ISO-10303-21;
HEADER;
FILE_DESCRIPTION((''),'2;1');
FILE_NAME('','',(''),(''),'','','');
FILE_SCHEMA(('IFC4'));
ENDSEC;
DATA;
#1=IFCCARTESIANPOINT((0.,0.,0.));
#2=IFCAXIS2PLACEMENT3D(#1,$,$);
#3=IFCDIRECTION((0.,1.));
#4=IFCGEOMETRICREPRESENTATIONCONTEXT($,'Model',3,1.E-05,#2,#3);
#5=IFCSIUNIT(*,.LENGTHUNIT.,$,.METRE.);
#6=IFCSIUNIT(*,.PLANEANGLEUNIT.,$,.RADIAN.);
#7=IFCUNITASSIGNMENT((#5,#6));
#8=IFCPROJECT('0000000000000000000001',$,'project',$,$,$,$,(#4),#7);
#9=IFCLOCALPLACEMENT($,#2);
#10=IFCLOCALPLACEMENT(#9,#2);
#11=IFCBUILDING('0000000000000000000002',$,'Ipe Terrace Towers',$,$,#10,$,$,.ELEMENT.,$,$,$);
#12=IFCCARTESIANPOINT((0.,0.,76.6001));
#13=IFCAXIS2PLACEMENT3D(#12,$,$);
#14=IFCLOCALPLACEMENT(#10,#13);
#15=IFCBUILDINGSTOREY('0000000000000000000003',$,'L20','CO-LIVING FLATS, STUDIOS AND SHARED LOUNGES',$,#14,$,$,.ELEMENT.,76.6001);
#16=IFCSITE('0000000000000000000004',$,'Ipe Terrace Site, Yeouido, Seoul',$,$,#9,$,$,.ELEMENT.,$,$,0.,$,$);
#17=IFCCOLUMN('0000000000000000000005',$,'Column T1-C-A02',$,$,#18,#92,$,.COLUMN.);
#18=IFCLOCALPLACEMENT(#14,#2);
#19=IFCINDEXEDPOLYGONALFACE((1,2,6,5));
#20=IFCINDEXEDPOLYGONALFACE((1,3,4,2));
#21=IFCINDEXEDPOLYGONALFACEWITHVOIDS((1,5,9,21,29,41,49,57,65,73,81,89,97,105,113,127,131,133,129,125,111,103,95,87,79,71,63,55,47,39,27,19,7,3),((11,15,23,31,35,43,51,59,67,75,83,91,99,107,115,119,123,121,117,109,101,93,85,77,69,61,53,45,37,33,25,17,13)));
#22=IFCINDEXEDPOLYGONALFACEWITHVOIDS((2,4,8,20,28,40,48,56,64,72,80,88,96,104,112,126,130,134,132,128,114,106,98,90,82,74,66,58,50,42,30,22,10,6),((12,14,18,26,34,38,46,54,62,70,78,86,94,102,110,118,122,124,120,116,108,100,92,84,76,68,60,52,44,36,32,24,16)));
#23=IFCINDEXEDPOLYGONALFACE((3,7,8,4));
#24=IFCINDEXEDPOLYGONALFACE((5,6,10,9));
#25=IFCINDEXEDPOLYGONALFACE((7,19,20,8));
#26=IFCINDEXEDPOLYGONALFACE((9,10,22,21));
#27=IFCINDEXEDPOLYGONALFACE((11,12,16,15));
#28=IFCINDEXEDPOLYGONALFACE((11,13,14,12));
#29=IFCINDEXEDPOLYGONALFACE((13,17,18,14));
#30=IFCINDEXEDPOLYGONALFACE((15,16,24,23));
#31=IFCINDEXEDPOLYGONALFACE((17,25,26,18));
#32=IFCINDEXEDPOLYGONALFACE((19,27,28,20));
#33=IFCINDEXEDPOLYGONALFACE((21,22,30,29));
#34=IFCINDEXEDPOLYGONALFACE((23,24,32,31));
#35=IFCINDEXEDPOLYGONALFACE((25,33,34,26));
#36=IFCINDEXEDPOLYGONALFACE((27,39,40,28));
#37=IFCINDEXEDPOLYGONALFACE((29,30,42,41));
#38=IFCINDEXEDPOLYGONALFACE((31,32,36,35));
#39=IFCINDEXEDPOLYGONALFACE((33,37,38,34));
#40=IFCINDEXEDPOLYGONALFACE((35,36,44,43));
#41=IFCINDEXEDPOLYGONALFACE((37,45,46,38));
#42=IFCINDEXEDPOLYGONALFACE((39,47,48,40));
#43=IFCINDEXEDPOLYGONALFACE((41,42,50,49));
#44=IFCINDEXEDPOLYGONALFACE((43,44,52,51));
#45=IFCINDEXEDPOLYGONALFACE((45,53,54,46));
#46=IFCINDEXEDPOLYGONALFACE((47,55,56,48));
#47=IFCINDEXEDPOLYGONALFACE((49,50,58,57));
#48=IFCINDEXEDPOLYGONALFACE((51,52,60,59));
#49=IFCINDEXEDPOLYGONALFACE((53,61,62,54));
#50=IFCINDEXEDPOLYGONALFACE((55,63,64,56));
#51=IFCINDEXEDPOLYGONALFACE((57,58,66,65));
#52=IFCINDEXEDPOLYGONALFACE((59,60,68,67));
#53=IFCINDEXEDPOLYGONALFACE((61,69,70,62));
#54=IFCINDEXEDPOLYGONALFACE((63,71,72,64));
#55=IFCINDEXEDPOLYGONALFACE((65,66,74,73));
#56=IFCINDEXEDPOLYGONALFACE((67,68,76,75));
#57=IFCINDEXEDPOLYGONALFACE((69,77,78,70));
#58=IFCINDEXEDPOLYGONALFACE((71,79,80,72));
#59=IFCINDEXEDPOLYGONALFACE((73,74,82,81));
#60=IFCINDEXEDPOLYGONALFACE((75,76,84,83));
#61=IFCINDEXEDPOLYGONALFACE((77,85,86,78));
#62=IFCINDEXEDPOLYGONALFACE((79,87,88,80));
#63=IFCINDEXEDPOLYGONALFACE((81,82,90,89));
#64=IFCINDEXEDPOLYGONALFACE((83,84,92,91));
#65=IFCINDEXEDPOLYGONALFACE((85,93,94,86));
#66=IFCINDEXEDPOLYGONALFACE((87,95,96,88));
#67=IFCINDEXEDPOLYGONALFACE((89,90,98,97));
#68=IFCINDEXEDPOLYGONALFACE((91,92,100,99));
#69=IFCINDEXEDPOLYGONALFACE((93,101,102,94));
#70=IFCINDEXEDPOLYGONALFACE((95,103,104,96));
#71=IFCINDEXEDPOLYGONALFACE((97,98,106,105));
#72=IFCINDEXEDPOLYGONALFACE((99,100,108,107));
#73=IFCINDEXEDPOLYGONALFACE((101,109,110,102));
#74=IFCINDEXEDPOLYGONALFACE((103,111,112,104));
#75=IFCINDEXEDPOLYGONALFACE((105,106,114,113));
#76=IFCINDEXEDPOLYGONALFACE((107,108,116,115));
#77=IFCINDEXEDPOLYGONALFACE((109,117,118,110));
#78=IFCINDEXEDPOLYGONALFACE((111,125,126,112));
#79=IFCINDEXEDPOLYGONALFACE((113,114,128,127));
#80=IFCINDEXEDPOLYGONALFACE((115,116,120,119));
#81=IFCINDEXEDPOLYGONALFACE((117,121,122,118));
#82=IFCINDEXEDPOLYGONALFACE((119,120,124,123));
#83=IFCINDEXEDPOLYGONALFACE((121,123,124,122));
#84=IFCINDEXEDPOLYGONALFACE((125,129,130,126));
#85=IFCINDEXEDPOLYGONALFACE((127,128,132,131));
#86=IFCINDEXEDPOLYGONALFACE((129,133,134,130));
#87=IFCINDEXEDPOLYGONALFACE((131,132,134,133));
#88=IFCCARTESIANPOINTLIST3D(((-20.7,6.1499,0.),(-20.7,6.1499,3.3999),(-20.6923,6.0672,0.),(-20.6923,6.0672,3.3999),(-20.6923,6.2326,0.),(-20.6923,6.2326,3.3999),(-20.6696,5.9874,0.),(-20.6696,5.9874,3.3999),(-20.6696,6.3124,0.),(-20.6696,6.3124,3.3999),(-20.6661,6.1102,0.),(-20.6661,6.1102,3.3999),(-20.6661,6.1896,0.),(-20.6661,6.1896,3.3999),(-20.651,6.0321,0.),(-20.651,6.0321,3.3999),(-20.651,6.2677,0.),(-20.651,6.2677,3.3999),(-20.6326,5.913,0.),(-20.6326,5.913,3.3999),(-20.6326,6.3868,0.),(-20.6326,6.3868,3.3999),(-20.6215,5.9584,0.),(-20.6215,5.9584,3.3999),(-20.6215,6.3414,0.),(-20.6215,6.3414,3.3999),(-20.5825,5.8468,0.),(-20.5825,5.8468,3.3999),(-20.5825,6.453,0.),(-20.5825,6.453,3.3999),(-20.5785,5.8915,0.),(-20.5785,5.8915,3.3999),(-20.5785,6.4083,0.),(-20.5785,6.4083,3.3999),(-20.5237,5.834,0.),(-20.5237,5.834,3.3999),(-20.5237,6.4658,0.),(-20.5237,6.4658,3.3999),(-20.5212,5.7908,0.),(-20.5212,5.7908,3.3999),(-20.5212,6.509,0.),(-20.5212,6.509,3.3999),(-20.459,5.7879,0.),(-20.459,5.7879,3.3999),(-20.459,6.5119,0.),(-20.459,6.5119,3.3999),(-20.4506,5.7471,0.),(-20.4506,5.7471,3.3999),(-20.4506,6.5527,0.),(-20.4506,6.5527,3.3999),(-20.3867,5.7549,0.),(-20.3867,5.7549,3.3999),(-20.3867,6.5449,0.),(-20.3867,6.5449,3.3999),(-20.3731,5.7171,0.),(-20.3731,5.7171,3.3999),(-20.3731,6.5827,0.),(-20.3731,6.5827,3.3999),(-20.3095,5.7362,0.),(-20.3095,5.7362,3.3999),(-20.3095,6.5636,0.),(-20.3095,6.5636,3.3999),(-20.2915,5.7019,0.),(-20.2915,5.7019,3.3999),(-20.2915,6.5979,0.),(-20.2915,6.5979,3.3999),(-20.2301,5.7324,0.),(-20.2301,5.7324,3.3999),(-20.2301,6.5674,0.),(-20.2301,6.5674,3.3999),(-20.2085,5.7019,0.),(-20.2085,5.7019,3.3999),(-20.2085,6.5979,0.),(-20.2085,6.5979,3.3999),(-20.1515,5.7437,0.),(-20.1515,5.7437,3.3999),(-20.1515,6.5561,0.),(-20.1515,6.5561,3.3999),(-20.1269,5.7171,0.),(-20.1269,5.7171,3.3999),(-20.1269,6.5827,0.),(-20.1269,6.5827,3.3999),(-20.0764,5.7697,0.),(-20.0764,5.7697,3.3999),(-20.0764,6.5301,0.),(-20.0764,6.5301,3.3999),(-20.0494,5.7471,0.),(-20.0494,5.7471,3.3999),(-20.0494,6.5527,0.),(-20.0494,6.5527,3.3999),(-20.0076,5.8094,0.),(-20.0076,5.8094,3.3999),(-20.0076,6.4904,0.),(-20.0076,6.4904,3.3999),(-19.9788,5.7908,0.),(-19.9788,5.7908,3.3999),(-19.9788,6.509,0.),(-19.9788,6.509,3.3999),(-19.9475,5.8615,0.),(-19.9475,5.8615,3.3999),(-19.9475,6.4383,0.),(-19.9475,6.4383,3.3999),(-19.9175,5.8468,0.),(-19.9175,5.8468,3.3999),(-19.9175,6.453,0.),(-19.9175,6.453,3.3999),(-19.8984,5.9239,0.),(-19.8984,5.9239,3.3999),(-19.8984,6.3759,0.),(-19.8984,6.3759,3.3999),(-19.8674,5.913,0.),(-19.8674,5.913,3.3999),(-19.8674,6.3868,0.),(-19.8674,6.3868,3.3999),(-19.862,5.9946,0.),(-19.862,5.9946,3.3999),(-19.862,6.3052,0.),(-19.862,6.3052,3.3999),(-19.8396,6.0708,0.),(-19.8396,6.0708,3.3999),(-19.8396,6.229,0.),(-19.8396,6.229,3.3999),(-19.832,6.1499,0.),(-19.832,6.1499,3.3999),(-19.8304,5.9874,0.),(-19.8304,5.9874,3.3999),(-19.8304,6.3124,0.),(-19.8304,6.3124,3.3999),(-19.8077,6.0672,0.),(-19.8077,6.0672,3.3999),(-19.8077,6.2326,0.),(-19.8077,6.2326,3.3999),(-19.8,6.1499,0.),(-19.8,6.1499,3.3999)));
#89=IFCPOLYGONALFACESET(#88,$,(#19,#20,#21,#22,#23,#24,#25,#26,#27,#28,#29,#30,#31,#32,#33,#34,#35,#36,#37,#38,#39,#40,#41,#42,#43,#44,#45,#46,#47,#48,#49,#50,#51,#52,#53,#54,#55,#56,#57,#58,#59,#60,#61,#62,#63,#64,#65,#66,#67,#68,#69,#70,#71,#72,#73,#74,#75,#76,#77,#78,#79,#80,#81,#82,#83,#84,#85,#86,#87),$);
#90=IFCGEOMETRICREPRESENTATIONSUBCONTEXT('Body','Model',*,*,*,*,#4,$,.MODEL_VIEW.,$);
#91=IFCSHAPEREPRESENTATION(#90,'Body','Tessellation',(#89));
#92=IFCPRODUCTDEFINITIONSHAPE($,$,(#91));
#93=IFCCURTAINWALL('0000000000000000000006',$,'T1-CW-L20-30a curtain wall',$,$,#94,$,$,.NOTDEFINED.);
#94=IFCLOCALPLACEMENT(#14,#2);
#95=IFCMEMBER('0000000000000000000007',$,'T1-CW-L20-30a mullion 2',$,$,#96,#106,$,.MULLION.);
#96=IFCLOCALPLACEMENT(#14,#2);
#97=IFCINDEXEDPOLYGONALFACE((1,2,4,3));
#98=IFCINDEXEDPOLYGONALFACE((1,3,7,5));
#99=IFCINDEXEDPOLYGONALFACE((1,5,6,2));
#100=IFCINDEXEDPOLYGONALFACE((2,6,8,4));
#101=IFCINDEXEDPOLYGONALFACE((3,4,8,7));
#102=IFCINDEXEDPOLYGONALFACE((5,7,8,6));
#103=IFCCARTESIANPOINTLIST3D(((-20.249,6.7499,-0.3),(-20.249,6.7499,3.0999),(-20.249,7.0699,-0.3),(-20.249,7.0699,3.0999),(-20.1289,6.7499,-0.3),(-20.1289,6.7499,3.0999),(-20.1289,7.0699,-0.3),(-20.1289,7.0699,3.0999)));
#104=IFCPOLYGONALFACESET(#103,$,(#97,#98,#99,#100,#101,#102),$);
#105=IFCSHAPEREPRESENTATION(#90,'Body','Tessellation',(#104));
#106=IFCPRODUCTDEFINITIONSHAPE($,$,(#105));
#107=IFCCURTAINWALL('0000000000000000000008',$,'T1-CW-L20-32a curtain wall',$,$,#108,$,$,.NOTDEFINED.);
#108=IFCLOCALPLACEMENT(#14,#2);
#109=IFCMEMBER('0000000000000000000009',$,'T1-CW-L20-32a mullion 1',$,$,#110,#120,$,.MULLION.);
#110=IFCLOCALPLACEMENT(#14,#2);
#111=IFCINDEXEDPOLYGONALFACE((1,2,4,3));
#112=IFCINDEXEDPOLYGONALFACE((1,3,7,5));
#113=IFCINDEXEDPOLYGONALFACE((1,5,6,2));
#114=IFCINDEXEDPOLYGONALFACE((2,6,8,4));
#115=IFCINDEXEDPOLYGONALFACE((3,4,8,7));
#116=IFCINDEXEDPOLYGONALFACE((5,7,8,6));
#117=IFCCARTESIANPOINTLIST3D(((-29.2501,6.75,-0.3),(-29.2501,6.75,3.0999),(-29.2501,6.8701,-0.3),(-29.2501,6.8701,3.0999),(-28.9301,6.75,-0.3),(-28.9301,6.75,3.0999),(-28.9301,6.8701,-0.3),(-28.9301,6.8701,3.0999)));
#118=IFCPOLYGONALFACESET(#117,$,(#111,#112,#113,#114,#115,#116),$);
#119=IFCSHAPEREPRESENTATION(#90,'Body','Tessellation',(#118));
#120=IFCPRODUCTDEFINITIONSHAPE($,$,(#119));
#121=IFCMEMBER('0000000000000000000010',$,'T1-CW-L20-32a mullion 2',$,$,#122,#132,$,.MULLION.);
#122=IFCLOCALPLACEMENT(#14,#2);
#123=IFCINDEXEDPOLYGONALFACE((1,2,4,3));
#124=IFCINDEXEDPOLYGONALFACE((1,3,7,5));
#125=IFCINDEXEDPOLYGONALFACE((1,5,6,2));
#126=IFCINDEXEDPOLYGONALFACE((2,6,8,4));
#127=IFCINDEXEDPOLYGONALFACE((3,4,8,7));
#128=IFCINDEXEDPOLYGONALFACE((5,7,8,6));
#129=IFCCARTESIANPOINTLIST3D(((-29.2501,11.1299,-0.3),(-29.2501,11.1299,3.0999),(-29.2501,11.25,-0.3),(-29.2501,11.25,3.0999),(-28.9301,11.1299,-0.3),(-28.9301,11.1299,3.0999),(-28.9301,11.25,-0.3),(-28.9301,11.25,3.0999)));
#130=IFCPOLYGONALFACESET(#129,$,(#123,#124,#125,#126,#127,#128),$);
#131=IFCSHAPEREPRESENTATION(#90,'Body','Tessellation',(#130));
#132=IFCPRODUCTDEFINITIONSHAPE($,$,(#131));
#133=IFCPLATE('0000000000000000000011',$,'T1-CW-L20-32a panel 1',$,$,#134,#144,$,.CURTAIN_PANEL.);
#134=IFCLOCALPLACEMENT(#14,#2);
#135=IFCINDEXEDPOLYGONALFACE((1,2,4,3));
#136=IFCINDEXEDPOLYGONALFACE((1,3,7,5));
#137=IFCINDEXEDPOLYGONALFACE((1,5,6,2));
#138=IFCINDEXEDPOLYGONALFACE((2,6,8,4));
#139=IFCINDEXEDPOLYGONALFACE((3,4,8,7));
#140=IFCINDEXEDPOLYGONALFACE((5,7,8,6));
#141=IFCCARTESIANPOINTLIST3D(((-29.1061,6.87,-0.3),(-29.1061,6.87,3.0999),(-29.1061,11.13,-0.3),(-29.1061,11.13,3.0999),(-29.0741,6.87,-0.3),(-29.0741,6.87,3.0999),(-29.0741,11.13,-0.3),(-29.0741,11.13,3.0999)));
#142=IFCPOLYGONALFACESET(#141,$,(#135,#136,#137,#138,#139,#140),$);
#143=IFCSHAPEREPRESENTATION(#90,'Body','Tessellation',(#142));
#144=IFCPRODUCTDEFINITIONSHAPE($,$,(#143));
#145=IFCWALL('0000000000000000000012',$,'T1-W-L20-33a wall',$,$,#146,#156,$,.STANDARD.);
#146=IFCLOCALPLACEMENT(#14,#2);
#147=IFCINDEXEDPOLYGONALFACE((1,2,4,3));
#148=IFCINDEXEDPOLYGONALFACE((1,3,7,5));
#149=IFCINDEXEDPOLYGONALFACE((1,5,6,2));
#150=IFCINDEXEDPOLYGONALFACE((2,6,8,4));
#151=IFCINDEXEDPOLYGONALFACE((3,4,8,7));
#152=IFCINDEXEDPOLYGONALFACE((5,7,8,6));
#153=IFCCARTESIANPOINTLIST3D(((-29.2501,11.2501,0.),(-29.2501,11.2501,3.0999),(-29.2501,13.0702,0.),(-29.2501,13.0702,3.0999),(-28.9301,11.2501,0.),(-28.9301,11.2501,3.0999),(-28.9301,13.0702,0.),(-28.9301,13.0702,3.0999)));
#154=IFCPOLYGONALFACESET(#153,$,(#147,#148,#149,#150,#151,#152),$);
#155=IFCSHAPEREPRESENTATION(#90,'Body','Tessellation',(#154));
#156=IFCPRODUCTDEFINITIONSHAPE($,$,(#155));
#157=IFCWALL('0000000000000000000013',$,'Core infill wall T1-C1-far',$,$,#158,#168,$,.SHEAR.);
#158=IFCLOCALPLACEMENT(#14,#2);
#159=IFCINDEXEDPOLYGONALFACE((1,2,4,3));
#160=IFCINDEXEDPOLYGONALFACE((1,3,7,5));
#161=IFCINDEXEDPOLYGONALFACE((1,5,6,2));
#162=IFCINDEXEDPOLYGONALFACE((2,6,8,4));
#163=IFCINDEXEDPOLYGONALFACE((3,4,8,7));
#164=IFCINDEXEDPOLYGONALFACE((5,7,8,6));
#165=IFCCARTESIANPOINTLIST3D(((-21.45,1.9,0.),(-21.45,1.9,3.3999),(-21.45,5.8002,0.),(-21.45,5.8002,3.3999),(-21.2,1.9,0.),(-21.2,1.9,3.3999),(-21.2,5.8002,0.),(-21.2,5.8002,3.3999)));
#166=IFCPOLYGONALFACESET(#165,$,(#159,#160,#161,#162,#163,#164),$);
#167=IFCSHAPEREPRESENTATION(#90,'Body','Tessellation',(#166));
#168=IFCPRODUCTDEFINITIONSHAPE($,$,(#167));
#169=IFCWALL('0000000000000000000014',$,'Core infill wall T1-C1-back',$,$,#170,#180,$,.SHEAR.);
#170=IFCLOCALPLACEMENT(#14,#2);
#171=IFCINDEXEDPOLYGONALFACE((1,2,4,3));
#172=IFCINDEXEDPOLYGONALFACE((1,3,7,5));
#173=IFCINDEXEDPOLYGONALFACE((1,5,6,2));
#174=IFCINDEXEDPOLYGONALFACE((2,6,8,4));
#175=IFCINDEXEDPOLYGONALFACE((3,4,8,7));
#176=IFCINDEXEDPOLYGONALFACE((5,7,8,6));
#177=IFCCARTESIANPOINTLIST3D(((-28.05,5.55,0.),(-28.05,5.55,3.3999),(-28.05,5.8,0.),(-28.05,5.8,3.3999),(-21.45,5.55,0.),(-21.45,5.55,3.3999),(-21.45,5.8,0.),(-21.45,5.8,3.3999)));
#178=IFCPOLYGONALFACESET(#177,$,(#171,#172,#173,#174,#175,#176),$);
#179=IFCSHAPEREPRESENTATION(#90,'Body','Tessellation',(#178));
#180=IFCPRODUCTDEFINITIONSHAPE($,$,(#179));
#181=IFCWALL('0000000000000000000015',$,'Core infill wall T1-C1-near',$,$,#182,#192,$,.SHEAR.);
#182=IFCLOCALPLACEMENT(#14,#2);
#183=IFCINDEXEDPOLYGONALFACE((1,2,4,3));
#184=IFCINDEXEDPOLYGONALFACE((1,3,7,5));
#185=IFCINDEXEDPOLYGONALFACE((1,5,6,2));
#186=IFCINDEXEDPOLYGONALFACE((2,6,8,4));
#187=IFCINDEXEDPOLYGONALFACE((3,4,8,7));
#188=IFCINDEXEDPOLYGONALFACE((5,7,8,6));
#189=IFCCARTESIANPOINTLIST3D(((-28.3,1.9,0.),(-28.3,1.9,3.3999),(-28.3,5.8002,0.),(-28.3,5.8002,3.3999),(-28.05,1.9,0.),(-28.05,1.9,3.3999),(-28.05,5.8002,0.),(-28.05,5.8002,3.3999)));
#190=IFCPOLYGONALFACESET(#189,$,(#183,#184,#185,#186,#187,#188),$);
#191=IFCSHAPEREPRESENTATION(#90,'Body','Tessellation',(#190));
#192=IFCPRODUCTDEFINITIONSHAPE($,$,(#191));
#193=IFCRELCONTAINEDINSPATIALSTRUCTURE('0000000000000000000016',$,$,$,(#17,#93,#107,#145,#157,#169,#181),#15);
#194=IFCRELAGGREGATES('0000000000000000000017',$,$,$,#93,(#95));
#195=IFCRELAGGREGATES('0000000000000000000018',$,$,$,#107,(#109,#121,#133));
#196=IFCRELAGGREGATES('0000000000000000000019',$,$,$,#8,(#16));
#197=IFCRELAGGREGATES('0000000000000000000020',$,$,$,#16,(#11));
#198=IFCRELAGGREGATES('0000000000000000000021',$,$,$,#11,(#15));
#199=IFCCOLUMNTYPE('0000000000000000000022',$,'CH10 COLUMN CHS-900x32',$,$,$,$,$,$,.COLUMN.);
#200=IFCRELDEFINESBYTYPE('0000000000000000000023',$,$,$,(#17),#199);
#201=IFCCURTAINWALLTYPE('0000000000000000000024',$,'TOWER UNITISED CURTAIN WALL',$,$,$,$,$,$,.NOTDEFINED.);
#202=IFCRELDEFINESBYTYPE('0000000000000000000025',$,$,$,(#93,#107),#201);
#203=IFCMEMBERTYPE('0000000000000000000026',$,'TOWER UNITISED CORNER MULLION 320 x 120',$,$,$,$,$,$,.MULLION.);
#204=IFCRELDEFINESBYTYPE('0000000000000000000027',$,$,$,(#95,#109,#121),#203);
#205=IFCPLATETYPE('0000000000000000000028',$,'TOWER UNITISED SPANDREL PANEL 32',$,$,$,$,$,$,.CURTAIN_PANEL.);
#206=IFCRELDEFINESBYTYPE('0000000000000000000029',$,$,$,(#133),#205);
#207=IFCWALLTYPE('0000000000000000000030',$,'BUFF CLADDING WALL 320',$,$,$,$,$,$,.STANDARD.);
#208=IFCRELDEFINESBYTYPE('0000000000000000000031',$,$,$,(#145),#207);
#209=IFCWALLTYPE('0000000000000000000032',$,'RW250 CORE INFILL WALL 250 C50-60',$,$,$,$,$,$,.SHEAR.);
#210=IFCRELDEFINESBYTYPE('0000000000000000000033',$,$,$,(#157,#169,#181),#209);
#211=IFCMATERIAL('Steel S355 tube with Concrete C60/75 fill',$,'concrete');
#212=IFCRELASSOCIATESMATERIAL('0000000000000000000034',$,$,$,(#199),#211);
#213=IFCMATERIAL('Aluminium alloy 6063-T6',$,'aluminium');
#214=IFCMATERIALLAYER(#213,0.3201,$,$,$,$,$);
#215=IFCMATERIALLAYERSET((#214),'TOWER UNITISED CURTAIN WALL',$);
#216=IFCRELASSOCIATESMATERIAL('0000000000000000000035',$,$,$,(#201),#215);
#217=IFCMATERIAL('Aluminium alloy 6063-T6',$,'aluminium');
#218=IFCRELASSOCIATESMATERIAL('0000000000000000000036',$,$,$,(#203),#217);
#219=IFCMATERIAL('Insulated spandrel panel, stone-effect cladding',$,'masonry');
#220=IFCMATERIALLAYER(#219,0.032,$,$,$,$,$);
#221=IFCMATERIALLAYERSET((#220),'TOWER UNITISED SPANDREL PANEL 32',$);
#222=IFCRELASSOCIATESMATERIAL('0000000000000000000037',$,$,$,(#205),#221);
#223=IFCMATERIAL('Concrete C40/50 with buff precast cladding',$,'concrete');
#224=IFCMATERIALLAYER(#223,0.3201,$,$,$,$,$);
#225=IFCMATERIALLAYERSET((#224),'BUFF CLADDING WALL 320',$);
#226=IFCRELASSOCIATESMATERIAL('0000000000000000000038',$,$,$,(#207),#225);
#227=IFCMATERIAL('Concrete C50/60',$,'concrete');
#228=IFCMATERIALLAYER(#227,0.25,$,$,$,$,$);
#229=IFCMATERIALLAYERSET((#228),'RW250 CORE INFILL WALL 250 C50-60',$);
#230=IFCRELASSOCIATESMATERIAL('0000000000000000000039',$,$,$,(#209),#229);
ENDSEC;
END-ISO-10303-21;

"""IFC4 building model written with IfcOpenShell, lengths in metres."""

from ifc_helpers import new_model, si_unit, direction, frame, frame_2d, origin, origin_2d, place, context, subcontext, project, spatial, rectangle, hollow_circle, extrude, material, layer, layer_set, material_profile, profile_set, type_object, element, aggregate, save


model = new_model("IFC4")

# Units and contexts
model_context = context("Model", 3, precision=1e-05, world=origin(), true_north=direction((0.0, 1.0)))
body_context = subcontext(model_context, "Body", "Model", "MODEL_VIEW")
ifc_project = project(units=[si_unit("LENGTHUNIT", "METRE"), si_unit("PLANEANGLEUNIT", "RADIAN")], contexts=[model_context])

# Site, building, storey
site_placement = place(None, origin())
site = spatial("IfcSite", under=ifc_project, at=site_placement, Name="Ipe Terrace Site, Yeouido, Seoul", CompositionType="ELEMENT", RefElevation=0.0)
building_placement = place(site_placement, origin())
building = spatial("IfcBuilding", under=site, at=building_placement, Name="Ipe Terrace Towers", CompositionType="ELEMENT")
storey_placement = place(building_placement, frame((0.0, 0.0, 76.6001)))
storey = spatial("IfcBuildingStorey", under=building, at=storey_placement, Name="L20", Description="CO-LIVING FLATS, STUDIOS AND SHARED LOUNGES", CompositionType="ELEMENT", Elevation=76.6001)

# Column
ifc_material_1 = material(Name="Steel S355 tube with Concrete C60/75 fill", Category="concrete")
ifc_material_profile_1 = material_profile(ifc_material_1, hollow_circle(Radius=0.45, WallThickness=0.032, at=origin_2d()), Name="CHS-900x32")
ifc_profile_set_1 = profile_set([ifc_material_profile_1], Name="Steel S355 tube with Concrete C60/75 fill")
column_type = type_object("IfcColumnType", Name="CH10 COLUMN CHS-900x32", PredefinedType="COLUMN", material=ifc_profile_set_1)
column_placement = place(storey_placement, frame((-20.25, 6.1499, 0.0), z_axis=(0.0, 0.0, 1.0), x_axis=(1.0, 0.0, 0.0)))
element("IfcColumn", 1, at=column_placement, inside=storey, type_object=column_type, Name="Column T1-C-A02", PredefinedType="COLUMN", context=body_context, shape_type="SweptSolid", body=[
    extrude(hollow_circle(Radius=0.45, WallThickness=0.032, at=origin_2d()), origin(), (0.0, 0.0, 1.0), 3.3999),
])

# Curtain wall, member
ifc_material_2 = material(Name="Aluminium alloy 6063-T6", Category="aluminium")
ifc_layer_1 = layer(ifc_material_2, 0.3201)
ifc_layer_set_1 = layer_set([ifc_layer_1], Name="TOWER UNITISED CURTAIN WALL")
curtain_wall_type = type_object("IfcCurtainWallType", Name="TOWER UNITISED CURTAIN WALL", PredefinedType="NOTDEFINED", material=ifc_layer_set_1)
curtain_wall_1_placement = place(storey_placement, origin())
curtain_wall_1 = element("IfcCurtainWall", 2, at=curtain_wall_1_placement, inside=storey, type_object=curtain_wall_type, Name="T1-CW-L20-30a curtain wall", PredefinedType="NOTDEFINED")
ifc_material_3 = material(Name="Aluminium alloy 6063-T6", Category="aluminium")
ifc_material_profile_2 = material_profile(ifc_material_3, rectangle(XDim=0.3201, YDim=0.1201, at=origin_2d()), Name="TOWER UNITISED CORNER MULLION 320 x 120")
ifc_profile_set_2 = profile_set([ifc_material_profile_2], Name="Aluminium alloy 6063-T6")
member_type = type_object("IfcMemberType", Name="TOWER UNITISED CORNER MULLION 320 x 120", PredefinedType="MULLION", material=ifc_profile_set_2)
member_1_placement = place(storey_placement, frame((-20.189, 6.9099, -0.3), z_axis=(0.0, 0.0, 1.0), x_axis=(0.0, 1.0, 0.0)))
member_1 = element("IfcMember", 3, at=member_1_placement, type_object=member_type, Name="T1-CW-L20-30a mullion 2", PredefinedType="MULLION", context=body_context, shape_type="SweptSolid", body=[
    extrude(rectangle(XDim=0.3201, YDim=0.1201, at=origin_2d()), origin(), (0.0, 0.0, 1.0), 3.3999),
])
aggregate(curtain_wall_1, [member_1])

# Curtain wall, members, plate
curtain_wall_2_placement = place(storey_placement, origin())
curtain_wall_2 = element("IfcCurtainWall", 4, at=curtain_wall_2_placement, inside=storey, type_object=curtain_wall_type, Name="T1-CW-L20-32a curtain wall", PredefinedType="NOTDEFINED")
member_2_placement = place(storey_placement, frame((-29.0901, 6.8101, -0.3), z_axis=(0.0, 0.0, 1.0), x_axis=(1.0, 0.0, 0.0)))
member_2 = element("IfcMember", 5, at=member_2_placement, type_object=member_type, Name="T1-CW-L20-32a mullion 1", PredefinedType="MULLION", context=body_context, shape_type="SweptSolid", body=[
    extrude(rectangle(XDim=0.3201, YDim=0.1201, at=origin_2d()), origin(), (0.0, 0.0, 1.0), 3.3999),
])
member_3_placement = place(storey_placement, frame((-29.0901, 11.1899, -0.3), z_axis=(0.0, 0.0, 1.0), x_axis=(1.0, 0.0, 0.0)))
member_3 = element("IfcMember", 6, at=member_3_placement, type_object=member_type, Name="T1-CW-L20-32a mullion 2", PredefinedType="MULLION", context=body_context, shape_type="SweptSolid", body=[
    extrude(rectangle(XDim=0.3201, YDim=0.1201, at=origin_2d()), origin(), (0.0, 0.0, 1.0), 3.3999),
])
ifc_material_4 = material(Name="Insulated spandrel panel, stone-effect cladding", Category="masonry")
ifc_layer_2 = layer(ifc_material_4, 0.032)
ifc_layer_set_2 = layer_set([ifc_layer_2], Name="TOWER UNITISED SPANDREL PANEL 32")
plate_type = type_object("IfcPlateType", Name="TOWER UNITISED SPANDREL PANEL 32", PredefinedType="CURTAIN_PANEL", material=ifc_layer_set_2)
plate_placement = place(storey_placement, frame((-29.0901, 9.0, -0.3), z_axis=(0.0, 0.0, 1.0), x_axis=(0.0, 1.0, 0.0)))
plate = element("IfcPlate", 7, at=plate_placement, type_object=plate_type, Name="T1-CW-L20-32a panel 1", PredefinedType="CURTAIN_PANEL", context=body_context, shape_type="SweptSolid", body=[
    extrude(rectangle(XDim=4.26, YDim=0.032, at=origin_2d()), origin(), (0.0, 0.0, 1.0), 3.3999),
])
aggregate(curtain_wall_2, [member_2, member_3, plate])

# Walls
ifc_material_5 = material(Name="Concrete C40/50 with buff precast cladding", Category="concrete")
ifc_layer_3 = layer(ifc_material_5, 0.3201)
ifc_layer_set_3 = layer_set([ifc_layer_3], Name="BUFF CLADDING WALL 320")
wall_type_1 = type_object("IfcWallType", Name="BUFF CLADDING WALL 320", PredefinedType="STANDARD", material=ifc_layer_set_3)
wall_1_placement = place(storey_placement, frame((-29.0901, 11.25, 0.0), z_axis=(0.0, 0.0, 1.0), x_axis=(0.0, 1.0, 0.0)))
element("IfcWall", 8, at=wall_1_placement, inside=storey, type_object=wall_type_1, Name="T1-W-L20-33a wall", PredefinedType="STANDARD", context=body_context, shape_type="SweptSolid", body=[
    extrude(rectangle(XDim=1.8201, YDim=0.3201, at=frame_2d((0.9102, 0.0))), origin(), (0.0, 0.0, 1.0), 3.0999),
])
ifc_material_6 = material(Name="Concrete C50/60", Category="concrete")
ifc_layer_4 = layer(ifc_material_6, 0.25)
ifc_layer_set_4 = layer_set([ifc_layer_4], Name="RW250 CORE INFILL WALL 250 C50-60")
wall_type_2 = type_object("IfcWallType", Name="RW250 CORE INFILL WALL 250 C50-60", PredefinedType="SHEAR", material=ifc_layer_set_4)
wall_2_placement = place(storey_placement, frame((-21.325, 1.8999, 0.0), z_axis=(0.0, 0.0, 1.0), x_axis=(0.0, 1.0, 0.0)))
element("IfcWall", 9, at=wall_2_placement, inside=storey, type_object=wall_type_2, Name="Core infill wall T1-C1-far", PredefinedType="SHEAR", context=body_context, shape_type="SweptSolid", body=[
    extrude(rectangle(XDim=3.9001, YDim=0.25, at=frame_2d((1.9502, 0.0))), origin(), (0.0, 0.0, 1.0), 3.3999),
])
wall_3_placement = place(storey_placement, frame((-28.05, 5.675, 0.0), z_axis=(0.0, 0.0, 1.0), x_axis=(1.0, 0.0, 0.0)))
element("IfcWall", 10, at=wall_3_placement, inside=storey, type_object=wall_type_2, Name="Core infill wall T1-C1-back", PredefinedType="SHEAR", context=body_context, shape_type="SweptSolid", body=[
    extrude(rectangle(XDim=6.6001, YDim=0.25, at=frame_2d((3.3, 0.0))), origin(), (0.0, 0.0, 1.0), 3.3999),
])
wall_4_placement = place(storey_placement, frame((-28.175, 1.8999, 0.0), z_axis=(0.0, 0.0, 1.0), x_axis=(0.0, 1.0, 0.0)))
element("IfcWall", 11, at=wall_4_placement, inside=storey, type_object=wall_type_2, Name="Core infill wall T1-C1-near", PredefinedType="SHEAR", context=body_context, shape_type="SweptSolid", body=[
    extrude(rectangle(XDim=3.9001, YDim=0.25, at=frame_2d((1.9502, 0.0))), origin(), (0.0, 0.0, 1.0), 3.3999),
])

save(model, "model.ifc")
